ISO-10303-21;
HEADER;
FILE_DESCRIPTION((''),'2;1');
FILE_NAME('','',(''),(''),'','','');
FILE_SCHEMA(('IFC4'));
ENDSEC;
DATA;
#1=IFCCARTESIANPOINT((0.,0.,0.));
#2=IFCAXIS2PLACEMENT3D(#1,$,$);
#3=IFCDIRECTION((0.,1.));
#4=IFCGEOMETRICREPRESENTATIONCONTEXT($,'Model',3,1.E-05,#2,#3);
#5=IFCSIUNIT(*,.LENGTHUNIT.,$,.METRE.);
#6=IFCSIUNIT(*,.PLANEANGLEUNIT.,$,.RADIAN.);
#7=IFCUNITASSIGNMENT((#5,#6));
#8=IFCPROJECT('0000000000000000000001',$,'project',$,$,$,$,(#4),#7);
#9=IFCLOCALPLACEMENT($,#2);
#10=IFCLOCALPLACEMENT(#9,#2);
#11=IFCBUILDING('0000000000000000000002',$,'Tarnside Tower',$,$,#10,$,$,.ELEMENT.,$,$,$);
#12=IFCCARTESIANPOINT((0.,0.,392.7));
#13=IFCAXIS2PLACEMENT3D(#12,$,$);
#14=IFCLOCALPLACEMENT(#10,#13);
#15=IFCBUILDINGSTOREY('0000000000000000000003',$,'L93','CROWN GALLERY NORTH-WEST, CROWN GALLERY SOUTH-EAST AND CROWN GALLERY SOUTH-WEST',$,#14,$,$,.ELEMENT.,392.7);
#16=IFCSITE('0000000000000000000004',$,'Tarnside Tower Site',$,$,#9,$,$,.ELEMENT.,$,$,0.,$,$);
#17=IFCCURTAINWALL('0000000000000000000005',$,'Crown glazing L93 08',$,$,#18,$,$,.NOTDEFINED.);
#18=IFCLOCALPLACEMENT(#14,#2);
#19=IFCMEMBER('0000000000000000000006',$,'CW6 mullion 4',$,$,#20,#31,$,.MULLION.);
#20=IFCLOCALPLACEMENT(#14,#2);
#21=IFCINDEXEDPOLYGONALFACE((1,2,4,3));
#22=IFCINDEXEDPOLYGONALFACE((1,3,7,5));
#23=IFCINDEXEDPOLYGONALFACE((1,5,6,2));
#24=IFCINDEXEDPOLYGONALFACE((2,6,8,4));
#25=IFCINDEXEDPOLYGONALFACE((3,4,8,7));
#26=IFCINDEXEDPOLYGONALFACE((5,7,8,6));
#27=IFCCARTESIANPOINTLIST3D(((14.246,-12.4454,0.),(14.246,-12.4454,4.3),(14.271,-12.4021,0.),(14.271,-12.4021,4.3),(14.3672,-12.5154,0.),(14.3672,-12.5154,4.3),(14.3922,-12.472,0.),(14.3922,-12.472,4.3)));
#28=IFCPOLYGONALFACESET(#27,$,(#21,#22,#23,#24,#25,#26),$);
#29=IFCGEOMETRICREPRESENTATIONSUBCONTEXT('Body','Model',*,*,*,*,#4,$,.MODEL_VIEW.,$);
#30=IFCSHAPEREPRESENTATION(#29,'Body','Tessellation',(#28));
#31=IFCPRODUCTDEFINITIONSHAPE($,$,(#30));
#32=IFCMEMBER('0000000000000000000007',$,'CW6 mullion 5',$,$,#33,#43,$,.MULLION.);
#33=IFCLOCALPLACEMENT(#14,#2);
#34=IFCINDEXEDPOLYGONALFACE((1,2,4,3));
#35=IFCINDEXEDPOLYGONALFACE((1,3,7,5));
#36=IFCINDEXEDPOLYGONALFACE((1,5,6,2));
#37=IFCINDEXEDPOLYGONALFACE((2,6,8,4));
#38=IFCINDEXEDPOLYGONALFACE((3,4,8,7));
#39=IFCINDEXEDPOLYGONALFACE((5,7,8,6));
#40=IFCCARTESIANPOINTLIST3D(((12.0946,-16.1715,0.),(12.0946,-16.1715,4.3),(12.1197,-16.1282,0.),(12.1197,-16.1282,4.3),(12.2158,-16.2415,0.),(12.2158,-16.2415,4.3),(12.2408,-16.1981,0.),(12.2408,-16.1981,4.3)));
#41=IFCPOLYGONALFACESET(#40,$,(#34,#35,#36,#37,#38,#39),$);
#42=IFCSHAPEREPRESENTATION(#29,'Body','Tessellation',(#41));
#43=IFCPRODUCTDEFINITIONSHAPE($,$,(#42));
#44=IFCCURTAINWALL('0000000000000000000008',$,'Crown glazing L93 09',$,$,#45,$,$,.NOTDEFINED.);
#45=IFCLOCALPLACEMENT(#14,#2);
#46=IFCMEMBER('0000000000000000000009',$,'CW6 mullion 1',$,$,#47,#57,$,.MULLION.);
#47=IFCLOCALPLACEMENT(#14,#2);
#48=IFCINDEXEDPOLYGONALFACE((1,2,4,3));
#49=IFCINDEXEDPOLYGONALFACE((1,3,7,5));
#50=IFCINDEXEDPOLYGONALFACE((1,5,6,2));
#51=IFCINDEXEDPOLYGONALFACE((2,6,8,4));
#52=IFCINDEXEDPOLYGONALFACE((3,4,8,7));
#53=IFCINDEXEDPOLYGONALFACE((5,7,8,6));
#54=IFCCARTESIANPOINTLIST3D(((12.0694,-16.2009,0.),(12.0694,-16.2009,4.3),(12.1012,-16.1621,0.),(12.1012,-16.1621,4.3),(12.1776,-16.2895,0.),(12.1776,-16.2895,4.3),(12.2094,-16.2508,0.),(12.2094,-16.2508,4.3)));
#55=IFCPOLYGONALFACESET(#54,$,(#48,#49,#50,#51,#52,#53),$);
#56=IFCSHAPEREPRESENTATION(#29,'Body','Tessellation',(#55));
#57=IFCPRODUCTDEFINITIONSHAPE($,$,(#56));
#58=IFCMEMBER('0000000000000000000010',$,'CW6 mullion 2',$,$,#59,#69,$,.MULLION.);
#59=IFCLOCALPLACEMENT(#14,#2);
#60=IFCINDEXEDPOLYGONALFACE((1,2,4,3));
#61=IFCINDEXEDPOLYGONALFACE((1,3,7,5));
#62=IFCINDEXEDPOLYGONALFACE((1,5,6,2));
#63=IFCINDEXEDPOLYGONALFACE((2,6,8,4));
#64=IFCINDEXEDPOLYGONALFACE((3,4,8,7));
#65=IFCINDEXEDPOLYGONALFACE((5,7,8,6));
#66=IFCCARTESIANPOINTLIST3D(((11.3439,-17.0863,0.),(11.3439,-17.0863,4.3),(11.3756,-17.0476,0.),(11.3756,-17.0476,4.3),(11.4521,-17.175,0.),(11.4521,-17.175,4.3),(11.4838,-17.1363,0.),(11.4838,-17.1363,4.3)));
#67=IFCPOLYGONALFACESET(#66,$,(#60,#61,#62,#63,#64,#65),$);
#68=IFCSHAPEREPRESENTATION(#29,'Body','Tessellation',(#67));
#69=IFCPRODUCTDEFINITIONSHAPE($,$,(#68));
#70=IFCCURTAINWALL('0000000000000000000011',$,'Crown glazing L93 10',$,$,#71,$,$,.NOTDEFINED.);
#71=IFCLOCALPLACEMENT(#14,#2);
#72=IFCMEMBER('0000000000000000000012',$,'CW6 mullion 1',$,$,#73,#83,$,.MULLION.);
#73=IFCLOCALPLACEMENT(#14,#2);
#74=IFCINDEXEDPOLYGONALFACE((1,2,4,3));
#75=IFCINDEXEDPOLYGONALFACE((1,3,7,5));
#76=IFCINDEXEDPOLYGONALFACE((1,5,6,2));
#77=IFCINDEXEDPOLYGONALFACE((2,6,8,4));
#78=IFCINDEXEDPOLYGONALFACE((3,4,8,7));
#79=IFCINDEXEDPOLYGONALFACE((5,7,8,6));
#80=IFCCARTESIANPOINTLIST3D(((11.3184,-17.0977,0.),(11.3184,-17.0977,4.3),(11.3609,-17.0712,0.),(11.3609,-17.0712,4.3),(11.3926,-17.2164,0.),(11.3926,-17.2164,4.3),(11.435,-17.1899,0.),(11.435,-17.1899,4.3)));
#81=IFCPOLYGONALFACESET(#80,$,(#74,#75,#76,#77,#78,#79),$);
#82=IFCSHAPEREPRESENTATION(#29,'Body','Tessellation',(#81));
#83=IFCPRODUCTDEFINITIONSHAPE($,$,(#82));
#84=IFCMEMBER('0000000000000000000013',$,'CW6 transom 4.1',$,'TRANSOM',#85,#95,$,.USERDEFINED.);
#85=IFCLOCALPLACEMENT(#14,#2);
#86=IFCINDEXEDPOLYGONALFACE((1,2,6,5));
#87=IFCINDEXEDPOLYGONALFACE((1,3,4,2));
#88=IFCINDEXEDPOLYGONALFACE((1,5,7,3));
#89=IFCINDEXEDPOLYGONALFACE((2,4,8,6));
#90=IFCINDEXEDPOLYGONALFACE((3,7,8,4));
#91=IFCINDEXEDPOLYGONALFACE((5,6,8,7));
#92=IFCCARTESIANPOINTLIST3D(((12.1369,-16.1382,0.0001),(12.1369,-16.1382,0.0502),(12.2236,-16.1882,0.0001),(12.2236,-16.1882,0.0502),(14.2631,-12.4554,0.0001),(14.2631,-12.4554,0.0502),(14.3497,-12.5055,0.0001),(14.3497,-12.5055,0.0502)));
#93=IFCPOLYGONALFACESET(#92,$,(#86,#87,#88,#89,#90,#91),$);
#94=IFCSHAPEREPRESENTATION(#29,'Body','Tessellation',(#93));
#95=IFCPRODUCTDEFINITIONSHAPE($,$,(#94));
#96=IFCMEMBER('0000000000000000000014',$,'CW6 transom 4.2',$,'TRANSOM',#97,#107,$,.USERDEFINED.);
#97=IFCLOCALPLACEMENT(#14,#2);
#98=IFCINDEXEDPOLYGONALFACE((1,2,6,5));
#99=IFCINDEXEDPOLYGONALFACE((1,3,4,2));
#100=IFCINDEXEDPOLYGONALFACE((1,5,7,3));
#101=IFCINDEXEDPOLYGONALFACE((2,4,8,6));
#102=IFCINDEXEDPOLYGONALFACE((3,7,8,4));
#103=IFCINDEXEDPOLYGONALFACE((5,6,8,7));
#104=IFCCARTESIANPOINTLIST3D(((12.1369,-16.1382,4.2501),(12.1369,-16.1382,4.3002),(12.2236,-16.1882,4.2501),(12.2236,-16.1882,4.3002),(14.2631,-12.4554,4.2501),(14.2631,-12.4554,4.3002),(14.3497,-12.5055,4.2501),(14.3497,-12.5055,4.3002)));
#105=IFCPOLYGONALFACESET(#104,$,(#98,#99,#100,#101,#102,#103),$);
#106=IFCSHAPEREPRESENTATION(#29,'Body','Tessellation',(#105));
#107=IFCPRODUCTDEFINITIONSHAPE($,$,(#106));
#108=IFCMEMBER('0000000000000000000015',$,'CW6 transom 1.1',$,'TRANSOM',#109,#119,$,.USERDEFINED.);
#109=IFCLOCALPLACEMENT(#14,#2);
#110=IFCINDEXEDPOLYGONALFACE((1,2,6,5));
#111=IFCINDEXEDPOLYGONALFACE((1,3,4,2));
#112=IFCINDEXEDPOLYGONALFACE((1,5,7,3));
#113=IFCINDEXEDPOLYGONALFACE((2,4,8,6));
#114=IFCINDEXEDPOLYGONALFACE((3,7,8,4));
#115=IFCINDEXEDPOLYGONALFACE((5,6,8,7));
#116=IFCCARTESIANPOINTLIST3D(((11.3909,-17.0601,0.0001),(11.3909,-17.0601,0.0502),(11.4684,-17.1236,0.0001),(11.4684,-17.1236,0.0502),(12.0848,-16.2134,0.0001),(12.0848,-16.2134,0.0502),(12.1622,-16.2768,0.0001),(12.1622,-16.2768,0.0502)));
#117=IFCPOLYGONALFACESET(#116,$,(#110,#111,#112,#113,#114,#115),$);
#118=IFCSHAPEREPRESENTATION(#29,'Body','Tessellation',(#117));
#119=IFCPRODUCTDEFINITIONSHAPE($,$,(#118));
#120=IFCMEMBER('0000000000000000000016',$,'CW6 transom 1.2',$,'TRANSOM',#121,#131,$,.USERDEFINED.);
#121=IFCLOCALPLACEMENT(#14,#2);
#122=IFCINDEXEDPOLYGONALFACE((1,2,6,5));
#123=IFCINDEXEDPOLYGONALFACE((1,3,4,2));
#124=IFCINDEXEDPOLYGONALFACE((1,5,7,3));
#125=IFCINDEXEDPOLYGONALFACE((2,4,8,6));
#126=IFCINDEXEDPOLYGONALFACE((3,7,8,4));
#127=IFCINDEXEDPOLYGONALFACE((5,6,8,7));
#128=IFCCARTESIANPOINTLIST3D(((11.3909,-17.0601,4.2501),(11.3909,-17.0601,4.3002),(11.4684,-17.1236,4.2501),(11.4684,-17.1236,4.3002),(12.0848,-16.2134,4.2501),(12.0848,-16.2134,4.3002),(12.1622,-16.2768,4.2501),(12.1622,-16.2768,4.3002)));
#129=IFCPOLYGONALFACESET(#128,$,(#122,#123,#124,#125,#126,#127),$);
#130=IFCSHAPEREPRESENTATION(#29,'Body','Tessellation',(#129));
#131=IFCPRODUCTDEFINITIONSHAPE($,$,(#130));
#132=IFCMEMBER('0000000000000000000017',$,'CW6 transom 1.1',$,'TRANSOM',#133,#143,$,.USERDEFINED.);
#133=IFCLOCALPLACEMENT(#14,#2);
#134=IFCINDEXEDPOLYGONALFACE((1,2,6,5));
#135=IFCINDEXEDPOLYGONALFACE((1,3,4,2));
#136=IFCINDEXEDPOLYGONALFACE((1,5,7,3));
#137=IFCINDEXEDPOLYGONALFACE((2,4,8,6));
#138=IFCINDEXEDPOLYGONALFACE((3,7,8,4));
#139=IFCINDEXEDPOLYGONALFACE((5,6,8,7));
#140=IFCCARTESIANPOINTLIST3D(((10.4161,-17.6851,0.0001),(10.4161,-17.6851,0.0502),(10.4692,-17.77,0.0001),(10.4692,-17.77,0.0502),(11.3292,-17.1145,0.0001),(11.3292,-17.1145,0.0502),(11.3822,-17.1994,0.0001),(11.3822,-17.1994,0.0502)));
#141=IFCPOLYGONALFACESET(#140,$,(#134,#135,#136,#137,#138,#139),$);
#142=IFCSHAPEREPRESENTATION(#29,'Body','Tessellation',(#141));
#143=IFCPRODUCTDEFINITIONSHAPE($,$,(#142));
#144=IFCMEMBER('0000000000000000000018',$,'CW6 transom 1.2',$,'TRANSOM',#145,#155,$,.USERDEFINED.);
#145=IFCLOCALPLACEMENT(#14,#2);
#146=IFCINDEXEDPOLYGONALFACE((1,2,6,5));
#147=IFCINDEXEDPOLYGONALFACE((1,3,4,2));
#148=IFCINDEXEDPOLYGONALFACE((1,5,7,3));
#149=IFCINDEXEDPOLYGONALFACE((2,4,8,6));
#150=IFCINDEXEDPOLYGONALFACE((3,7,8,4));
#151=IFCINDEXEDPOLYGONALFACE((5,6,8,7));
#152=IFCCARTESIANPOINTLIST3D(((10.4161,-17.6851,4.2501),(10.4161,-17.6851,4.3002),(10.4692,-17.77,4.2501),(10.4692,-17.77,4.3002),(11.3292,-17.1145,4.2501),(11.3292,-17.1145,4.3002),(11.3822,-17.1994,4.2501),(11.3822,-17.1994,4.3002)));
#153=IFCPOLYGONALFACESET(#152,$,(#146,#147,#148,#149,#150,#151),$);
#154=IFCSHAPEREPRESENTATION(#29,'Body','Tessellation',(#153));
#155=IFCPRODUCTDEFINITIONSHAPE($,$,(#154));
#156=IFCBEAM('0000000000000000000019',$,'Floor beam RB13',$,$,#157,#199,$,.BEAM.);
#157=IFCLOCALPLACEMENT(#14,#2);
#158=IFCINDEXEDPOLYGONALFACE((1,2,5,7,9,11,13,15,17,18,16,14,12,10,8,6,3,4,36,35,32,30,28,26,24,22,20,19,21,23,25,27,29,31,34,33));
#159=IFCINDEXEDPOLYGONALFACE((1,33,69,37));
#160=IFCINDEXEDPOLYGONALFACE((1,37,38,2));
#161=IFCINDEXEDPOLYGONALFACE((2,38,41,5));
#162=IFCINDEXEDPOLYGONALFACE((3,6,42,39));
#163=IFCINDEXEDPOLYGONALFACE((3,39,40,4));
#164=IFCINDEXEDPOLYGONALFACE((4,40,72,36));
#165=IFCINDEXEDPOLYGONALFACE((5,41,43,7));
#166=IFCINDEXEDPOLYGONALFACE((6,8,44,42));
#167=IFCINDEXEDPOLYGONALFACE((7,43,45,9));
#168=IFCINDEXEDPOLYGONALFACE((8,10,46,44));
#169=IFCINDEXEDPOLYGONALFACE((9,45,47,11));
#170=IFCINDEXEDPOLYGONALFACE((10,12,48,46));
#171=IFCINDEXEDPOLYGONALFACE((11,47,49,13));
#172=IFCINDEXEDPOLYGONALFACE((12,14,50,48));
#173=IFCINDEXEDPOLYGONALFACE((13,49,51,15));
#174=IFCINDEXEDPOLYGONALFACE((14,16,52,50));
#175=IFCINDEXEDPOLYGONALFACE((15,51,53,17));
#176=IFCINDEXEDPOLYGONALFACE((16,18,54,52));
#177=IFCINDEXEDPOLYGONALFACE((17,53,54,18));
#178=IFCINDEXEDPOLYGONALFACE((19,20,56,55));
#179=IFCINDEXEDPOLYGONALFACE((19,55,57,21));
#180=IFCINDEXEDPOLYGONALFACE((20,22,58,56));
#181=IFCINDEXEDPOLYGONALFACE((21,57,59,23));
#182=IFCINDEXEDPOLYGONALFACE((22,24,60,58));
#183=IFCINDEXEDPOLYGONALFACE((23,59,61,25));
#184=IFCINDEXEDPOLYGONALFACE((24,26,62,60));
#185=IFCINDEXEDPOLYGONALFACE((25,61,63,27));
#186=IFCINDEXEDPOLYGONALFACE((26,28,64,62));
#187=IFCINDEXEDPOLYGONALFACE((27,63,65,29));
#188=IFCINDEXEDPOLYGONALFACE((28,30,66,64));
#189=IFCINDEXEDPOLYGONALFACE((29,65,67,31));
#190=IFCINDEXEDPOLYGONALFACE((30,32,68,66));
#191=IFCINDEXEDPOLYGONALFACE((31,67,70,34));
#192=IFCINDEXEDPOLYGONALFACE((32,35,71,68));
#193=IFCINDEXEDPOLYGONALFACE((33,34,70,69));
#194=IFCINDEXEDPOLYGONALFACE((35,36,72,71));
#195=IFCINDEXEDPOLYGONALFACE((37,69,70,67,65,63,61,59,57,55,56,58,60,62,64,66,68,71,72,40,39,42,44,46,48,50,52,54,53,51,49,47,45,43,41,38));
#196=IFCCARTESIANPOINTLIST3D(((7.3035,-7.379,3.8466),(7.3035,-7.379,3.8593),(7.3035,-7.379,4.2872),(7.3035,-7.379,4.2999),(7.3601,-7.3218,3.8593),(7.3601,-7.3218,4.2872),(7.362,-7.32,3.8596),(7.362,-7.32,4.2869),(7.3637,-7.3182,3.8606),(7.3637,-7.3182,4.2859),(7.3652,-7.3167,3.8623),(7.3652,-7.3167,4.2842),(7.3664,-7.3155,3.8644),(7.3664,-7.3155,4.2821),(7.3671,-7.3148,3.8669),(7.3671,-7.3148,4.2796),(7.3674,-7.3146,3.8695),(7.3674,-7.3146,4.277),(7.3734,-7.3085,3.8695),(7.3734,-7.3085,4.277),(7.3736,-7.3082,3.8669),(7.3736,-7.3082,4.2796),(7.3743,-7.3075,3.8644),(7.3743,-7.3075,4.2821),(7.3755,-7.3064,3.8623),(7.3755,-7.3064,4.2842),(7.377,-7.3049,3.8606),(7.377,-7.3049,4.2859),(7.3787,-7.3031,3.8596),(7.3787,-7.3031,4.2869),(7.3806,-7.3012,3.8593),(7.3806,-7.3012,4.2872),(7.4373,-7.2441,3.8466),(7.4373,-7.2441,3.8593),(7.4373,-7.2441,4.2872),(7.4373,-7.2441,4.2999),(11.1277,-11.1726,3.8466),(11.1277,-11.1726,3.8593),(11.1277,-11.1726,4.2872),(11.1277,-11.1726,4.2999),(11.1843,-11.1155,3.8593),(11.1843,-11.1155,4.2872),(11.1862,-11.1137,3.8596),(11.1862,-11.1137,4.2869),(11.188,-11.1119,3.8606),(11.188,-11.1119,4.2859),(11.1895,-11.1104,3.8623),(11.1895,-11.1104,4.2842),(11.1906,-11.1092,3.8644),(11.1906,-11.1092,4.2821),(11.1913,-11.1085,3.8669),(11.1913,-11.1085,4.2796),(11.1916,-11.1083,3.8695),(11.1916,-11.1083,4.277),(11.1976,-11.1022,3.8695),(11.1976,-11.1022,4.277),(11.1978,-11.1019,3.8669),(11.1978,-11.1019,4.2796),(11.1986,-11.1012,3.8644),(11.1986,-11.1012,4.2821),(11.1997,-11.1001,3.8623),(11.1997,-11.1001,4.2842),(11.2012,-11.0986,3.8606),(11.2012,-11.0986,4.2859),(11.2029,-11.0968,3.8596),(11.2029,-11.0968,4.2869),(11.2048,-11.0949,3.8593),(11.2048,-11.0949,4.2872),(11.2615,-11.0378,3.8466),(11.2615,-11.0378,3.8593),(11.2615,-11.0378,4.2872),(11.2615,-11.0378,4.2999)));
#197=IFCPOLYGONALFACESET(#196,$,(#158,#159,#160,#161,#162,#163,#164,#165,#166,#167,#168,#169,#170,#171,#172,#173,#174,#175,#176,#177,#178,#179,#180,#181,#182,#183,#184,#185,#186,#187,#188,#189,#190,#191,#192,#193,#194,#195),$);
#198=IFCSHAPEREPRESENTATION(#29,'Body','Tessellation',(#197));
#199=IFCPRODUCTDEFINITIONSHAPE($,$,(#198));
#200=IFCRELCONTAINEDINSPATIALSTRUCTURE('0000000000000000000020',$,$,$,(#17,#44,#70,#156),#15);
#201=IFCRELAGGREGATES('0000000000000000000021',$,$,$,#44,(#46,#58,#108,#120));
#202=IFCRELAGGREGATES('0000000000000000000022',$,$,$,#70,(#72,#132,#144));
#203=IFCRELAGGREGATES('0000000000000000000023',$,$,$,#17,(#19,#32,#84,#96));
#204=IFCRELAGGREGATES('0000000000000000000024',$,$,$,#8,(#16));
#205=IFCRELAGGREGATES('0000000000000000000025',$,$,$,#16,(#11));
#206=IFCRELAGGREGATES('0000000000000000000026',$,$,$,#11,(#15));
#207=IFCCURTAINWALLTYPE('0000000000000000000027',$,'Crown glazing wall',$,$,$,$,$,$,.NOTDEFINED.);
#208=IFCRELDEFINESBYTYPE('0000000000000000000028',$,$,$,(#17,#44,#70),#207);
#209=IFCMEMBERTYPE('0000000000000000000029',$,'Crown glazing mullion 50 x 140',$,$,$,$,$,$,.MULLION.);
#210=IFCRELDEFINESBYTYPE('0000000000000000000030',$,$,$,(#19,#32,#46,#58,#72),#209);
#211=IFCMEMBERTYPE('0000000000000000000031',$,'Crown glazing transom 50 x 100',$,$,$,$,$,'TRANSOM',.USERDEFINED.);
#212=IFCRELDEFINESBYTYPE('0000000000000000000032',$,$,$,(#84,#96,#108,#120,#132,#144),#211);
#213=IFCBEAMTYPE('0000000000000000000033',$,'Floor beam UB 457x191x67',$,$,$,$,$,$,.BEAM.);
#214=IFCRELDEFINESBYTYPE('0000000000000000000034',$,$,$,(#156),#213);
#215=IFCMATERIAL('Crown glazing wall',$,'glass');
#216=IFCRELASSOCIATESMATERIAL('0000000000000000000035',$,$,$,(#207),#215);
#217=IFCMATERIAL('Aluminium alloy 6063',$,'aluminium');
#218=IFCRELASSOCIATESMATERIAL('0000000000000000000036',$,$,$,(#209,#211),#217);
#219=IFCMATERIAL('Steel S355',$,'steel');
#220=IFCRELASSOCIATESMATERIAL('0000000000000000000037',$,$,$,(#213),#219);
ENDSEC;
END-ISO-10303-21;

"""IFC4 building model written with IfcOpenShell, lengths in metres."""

from ifc_helpers import new_model, si_unit, direction, frame, origin, origin_2d, place, context, subcontext, project, spatial, rectangle, i_section, extrude, material, material_profile, profile_set, type_object, element, aggregate, save


model = new_model("IFC4")

# Units and contexts
model_context = context("Model", 3, precision=1e-05, world=origin(), true_north=direction((0.0, 1.0)))
body_context = subcontext(model_context, "Body", "Model", "MODEL_VIEW")
ifc_project = project(units=[si_unit("LENGTHUNIT", "METRE"), si_unit("PLANEANGLEUNIT", "RADIAN")], contexts=[model_context])

# Site, building, storey
site_placement = place(None, origin())
site = spatial("IfcSite", under=ifc_project, at=site_placement, Name="Tarnside Tower Site", CompositionType="ELEMENT", RefElevation=0.0)
building_placement = place(site_placement, origin())
building = spatial("IfcBuilding", under=site, at=building_placement, Name="Tarnside Tower", CompositionType="ELEMENT")
storey_placement = place(building_placement, frame((0.0, 0.0, 392.7)))
storey = spatial("IfcBuildingStorey", under=building, at=storey_placement, Name="L93", Description="CROWN GALLERY NORTH-WEST, CROWN GALLERY SOUTH-EAST AND CROWN GALLERY SOUTH-WEST", CompositionType="ELEMENT", Elevation=392.7)

# Curtain walls, members
ifc_material_1 = material(Name="Crown glazing wall", Category="glass")
curtain_wall_type = type_object("IfcCurtainWallType", Name="Crown glazing wall", PredefinedType="NOTDEFINED", material=ifc_material_1)
curtain_wall_1_placement = place(storey_placement, origin())
curtain_wall_1 = element("IfcCurtainWall", 1, at=curtain_wall_1_placement, inside=storey, type_object=curtain_wall_type, Name="Crown glazing L93 08", PredefinedType="NOTDEFINED")
ifc_material_2 = material(Name="Aluminium alloy 6063", Category="aluminium")
ifc_material_profile_1 = material_profile(ifc_material_2, rectangle(XDim=0.1399, YDim=0.05, at=origin_2d()), Name="Crown glazing mullion 50 x 140")
ifc_profile_set_1 = profile_set([ifc_material_profile_1], Name="Aluminium alloy 6063")
member_type_1 = type_object("IfcMemberType", Name="Crown glazing mullion 50 x 140", PredefinedType="MULLION", material=ifc_profile_set_1)
member_1_placement = place(storey_placement, frame((14.3191, -12.4587, 0.0), z_axis=(0.0, 0.0, 1.0), x_axis=(0.866025, -0.5, 0.0)))
member_1 = element("IfcMember", 2, at=member_1_placement, type_object=member_type_1, Name="CW6 mullion 4", PredefinedType="MULLION", context=body_context, shape_type="SweptSolid", body=[
    extrude(rectangle(XDim=0.1399, YDim=0.05, at=origin_2d()), origin(), (0.0, 0.0, 1.0), 4.3),
])
member_2_placement = place(storey_placement, frame((12.1677, -16.1848, 0.0), z_axis=(0.0, 0.0, 1.0), x_axis=(0.866025, -0.5, 0.0)))
member_2 = element("IfcMember", 3, at=member_2_placement, type_object=member_type_1, Name="CW6 mullion 5", PredefinedType="MULLION", context=body_context, shape_type="SweptSolid", body=[
    extrude(rectangle(XDim=0.1399, YDim=0.05, at=origin_2d()), origin(), (0.0, 0.0, 1.0), 4.3),
])
curtain_wall_2_placement = place(storey_placement, origin())
curtain_wall_2 = element("IfcCurtainWall", 4, at=curtain_wall_2_placement, inside=storey, type_object=curtain_wall_type, Name="Crown glazing L93 09", PredefinedType="NOTDEFINED")
member_3_placement = place(storey_placement, frame((12.1394, -16.2258, 0.0), z_axis=(0.0, 0.0, 1.0), x_axis=(0.773472, -0.633831, 0.0)))
member_3 = element("IfcMember", 5, at=member_3_placement, type_object=member_type_1, Name="CW6 mullion 1", PredefinedType="MULLION", context=body_context, shape_type="SweptSolid", body=[
    extrude(rectangle(XDim=0.1399, YDim=0.05, at=origin_2d()), origin(), (0.0, 0.0, 1.0), 4.3),
])
member_4_placement = place(storey_placement, frame((11.4138, -17.1113, 0.0), z_axis=(0.0, 0.0, 1.0), x_axis=(0.773472, -0.633831, 0.0)))
member_4 = element("IfcMember", 6, at=member_4_placement, type_object=member_type_1, Name="CW6 mullion 2", PredefinedType="MULLION", context=body_context, shape_type="SweptSolid", body=[
    extrude(rectangle(XDim=0.1399, YDim=0.05, at=origin_2d()), origin(), (0.0, 0.0, 1.0), 4.3),
])

# Curtain wall, member
curtain_wall_3_placement = place(storey_placement, origin())
curtain_wall_3 = element("IfcCurtainWall", 7, at=curtain_wall_3_placement, inside=storey, type_object=curtain_wall_type, Name="Crown glazing L93 10", PredefinedType="NOTDEFINED")
member_5_placement = place(storey_placement, frame((11.3767, -17.1438, 0.0), z_axis=(0.0, 0.0, 1.0), x_axis=(0.529919, -0.848048, 0.0)))
member_5 = element("IfcMember", 8, at=member_5_placement, type_object=member_type_1, Name="CW6 mullion 1", PredefinedType="MULLION", context=body_context, shape_type="SweptSolid", body=[
    extrude(rectangle(XDim=0.1399, YDim=0.05, at=origin_2d()), origin(), (0.0, 0.0, 1.0), 4.3),
])

# Members
ifc_material_profile_2 = material_profile(ifc_material_2, rectangle(XDim=0.1001, YDim=0.05, at=origin_2d()), Name="Crown glazing transom 50 x 100")
ifc_profile_set_2 = profile_set([ifc_material_profile_2], Name="Aluminium alloy 6063")
member_type_2 = type_object("IfcMemberType", Name="Crown glazing transom 50 x 100", ElementType="TRANSOM", PredefinedType="USERDEFINED", material=ifc_profile_set_2)
member_6_placement = place(storey_placement, frame((14.3064, -12.4805, 0.0251), z_axis=(-0.499986, -0.866034, 0.0), x_axis=(0.866034, -0.499986, 0.0)))
member_6 = element("IfcMember", 9, at=member_6_placement, type_object=member_type_2, Name="CW6 transom 4.1", ObjectType="TRANSOM", PredefinedType="USERDEFINED", context=body_context, shape_type="SweptSolid", body=[
    extrude(rectangle(XDim=0.1001, YDim=0.05, at=origin_2d()), origin(), (0.0, 0.0, 1.0), 4.2524),
])
member_7_placement = place(storey_placement, frame((14.3064, -12.4805, 4.2751), z_axis=(-0.499986, -0.866034, 0.0), x_axis=(0.866034, -0.499986, 0.0)))
member_7 = element("IfcMember", 10, at=member_7_placement, type_object=member_type_2, Name="CW6 transom 4.2", ObjectType="TRANSOM", PredefinedType="USERDEFINED", context=body_context, shape_type="SweptSolid", body=[
    extrude(rectangle(XDim=0.1001, YDim=0.05, at=origin_2d()), origin(), (0.0, 0.0, 1.0), 4.2524),
])
member_8_placement = place(storey_placement, frame((12.1235, -16.2451, 0.0251), z_axis=(-0.633845, -0.77346, 0.0), x_axis=(0.77346, -0.633845, 0.0)))
member_8 = element("IfcMember", 11, at=member_8_placement, type_object=member_type_2, Name="CW6 transom 1.1", ObjectType="TRANSOM", PredefinedType="USERDEFINED", context=body_context, shape_type="SweptSolid", body=[
    extrude(rectangle(XDim=0.1001, YDim=0.05, at=origin_2d()), origin(), (0.0, 0.0, 1.0), 1.0947),
])
member_9_placement = place(storey_placement, frame((12.1235, -16.2451, 4.2751), z_axis=(-0.633845, -0.77346, 0.0), x_axis=(0.77346, -0.633845, 0.0)))
member_9 = element("IfcMember", 12, at=member_9_placement, type_object=member_type_2, Name="CW6 transom 1.2", ObjectType="TRANSOM", PredefinedType="USERDEFINED", context=body_context, shape_type="SweptSolid", body=[
    extrude(rectangle(XDim=0.1001, YDim=0.05, at=origin_2d()), origin(), (0.0, 0.0, 1.0), 1.0947),
])
member_10_placement = place(storey_placement, frame((11.3557, -17.157, 0.0251), z_axis=(-0.848049, -0.529917, 0.0), x_axis=(0.529917, -0.848049, 0.0)))
member_10 = element("IfcMember", 13, at=member_10_placement, type_object=member_type_2, Name="CW6 transom 1.1", ObjectType="TRANSOM", PredefinedType="USERDEFINED", context=body_context, shape_type="SweptSolid", body=[
    extrude(rectangle(XDim=0.1001, YDim=0.05, at=origin_2d()), origin(), (0.0, 0.0, 1.0), 1.0767),
])
member_11_placement = place(storey_placement, frame((11.3557, -17.157, 4.2751), z_axis=(-0.848049, -0.529917, 0.0), x_axis=(0.529917, -0.848049, 0.0)))
member_11 = element("IfcMember", 14, at=member_11_placement, type_object=member_type_2, Name="CW6 transom 1.2", ObjectType="TRANSOM", PredefinedType="USERDEFINED", context=body_context, shape_type="SweptSolid", body=[
    extrude(rectangle(XDim=0.1001, YDim=0.05, at=origin_2d()), origin(), (0.0, 0.0, 1.0), 1.0767),
])

# Beam
ifc_material_3 = material(Name="Steel S355", Category="steel")
ifc_material_profile_3 = material_profile(ifc_material_3, i_section(OverallWidth=0.1899, OverallDepth=0.4534, WebThickness=0.0085, FlangeThickness=0.0127, FilletRadius=0.0103, at=origin_2d()), Name="UB 457x191x67")
ifc_profile_set_3 = profile_set([ifc_material_profile_3], Name="Steel S355")
beam_type_1 = type_object("IfcBeamType", Name="Floor beam UB 457x191x67", PredefinedType="BEAM", material=ifc_profile_set_3)
beam_1_placement = place(storey_placement, frame((11.1946, -11.1052, 4.0732), z_axis=(-0.709934, 0.704268, 0.0), x_axis=(-0.704268, -0.709934, 0.0)))
element("IfcBeam", 15, at=beam_1_placement, inside=storey, type_object=beam_type_1, Name="Floor beam RB13", PredefinedType="BEAM", context=body_context, shape_type="SweptSolid", body=[
    extrude(i_section(OverallWidth=0.1899, OverallDepth=0.4534, WebThickness=0.0085, FlangeThickness=0.0127, FilletRadius=0.0103, at=origin_2d()), origin(), (0.0, 0.0, 1.0), 5.3867),
])

aggregate(curtain_wall_2, [member_3, member_4, member_8, member_9])
aggregate(curtain_wall_3, [member_5, member_10, member_11])
aggregate(curtain_wall_1, [member_1, member_2, member_6, member_7])

save(model, "model.ifc")
